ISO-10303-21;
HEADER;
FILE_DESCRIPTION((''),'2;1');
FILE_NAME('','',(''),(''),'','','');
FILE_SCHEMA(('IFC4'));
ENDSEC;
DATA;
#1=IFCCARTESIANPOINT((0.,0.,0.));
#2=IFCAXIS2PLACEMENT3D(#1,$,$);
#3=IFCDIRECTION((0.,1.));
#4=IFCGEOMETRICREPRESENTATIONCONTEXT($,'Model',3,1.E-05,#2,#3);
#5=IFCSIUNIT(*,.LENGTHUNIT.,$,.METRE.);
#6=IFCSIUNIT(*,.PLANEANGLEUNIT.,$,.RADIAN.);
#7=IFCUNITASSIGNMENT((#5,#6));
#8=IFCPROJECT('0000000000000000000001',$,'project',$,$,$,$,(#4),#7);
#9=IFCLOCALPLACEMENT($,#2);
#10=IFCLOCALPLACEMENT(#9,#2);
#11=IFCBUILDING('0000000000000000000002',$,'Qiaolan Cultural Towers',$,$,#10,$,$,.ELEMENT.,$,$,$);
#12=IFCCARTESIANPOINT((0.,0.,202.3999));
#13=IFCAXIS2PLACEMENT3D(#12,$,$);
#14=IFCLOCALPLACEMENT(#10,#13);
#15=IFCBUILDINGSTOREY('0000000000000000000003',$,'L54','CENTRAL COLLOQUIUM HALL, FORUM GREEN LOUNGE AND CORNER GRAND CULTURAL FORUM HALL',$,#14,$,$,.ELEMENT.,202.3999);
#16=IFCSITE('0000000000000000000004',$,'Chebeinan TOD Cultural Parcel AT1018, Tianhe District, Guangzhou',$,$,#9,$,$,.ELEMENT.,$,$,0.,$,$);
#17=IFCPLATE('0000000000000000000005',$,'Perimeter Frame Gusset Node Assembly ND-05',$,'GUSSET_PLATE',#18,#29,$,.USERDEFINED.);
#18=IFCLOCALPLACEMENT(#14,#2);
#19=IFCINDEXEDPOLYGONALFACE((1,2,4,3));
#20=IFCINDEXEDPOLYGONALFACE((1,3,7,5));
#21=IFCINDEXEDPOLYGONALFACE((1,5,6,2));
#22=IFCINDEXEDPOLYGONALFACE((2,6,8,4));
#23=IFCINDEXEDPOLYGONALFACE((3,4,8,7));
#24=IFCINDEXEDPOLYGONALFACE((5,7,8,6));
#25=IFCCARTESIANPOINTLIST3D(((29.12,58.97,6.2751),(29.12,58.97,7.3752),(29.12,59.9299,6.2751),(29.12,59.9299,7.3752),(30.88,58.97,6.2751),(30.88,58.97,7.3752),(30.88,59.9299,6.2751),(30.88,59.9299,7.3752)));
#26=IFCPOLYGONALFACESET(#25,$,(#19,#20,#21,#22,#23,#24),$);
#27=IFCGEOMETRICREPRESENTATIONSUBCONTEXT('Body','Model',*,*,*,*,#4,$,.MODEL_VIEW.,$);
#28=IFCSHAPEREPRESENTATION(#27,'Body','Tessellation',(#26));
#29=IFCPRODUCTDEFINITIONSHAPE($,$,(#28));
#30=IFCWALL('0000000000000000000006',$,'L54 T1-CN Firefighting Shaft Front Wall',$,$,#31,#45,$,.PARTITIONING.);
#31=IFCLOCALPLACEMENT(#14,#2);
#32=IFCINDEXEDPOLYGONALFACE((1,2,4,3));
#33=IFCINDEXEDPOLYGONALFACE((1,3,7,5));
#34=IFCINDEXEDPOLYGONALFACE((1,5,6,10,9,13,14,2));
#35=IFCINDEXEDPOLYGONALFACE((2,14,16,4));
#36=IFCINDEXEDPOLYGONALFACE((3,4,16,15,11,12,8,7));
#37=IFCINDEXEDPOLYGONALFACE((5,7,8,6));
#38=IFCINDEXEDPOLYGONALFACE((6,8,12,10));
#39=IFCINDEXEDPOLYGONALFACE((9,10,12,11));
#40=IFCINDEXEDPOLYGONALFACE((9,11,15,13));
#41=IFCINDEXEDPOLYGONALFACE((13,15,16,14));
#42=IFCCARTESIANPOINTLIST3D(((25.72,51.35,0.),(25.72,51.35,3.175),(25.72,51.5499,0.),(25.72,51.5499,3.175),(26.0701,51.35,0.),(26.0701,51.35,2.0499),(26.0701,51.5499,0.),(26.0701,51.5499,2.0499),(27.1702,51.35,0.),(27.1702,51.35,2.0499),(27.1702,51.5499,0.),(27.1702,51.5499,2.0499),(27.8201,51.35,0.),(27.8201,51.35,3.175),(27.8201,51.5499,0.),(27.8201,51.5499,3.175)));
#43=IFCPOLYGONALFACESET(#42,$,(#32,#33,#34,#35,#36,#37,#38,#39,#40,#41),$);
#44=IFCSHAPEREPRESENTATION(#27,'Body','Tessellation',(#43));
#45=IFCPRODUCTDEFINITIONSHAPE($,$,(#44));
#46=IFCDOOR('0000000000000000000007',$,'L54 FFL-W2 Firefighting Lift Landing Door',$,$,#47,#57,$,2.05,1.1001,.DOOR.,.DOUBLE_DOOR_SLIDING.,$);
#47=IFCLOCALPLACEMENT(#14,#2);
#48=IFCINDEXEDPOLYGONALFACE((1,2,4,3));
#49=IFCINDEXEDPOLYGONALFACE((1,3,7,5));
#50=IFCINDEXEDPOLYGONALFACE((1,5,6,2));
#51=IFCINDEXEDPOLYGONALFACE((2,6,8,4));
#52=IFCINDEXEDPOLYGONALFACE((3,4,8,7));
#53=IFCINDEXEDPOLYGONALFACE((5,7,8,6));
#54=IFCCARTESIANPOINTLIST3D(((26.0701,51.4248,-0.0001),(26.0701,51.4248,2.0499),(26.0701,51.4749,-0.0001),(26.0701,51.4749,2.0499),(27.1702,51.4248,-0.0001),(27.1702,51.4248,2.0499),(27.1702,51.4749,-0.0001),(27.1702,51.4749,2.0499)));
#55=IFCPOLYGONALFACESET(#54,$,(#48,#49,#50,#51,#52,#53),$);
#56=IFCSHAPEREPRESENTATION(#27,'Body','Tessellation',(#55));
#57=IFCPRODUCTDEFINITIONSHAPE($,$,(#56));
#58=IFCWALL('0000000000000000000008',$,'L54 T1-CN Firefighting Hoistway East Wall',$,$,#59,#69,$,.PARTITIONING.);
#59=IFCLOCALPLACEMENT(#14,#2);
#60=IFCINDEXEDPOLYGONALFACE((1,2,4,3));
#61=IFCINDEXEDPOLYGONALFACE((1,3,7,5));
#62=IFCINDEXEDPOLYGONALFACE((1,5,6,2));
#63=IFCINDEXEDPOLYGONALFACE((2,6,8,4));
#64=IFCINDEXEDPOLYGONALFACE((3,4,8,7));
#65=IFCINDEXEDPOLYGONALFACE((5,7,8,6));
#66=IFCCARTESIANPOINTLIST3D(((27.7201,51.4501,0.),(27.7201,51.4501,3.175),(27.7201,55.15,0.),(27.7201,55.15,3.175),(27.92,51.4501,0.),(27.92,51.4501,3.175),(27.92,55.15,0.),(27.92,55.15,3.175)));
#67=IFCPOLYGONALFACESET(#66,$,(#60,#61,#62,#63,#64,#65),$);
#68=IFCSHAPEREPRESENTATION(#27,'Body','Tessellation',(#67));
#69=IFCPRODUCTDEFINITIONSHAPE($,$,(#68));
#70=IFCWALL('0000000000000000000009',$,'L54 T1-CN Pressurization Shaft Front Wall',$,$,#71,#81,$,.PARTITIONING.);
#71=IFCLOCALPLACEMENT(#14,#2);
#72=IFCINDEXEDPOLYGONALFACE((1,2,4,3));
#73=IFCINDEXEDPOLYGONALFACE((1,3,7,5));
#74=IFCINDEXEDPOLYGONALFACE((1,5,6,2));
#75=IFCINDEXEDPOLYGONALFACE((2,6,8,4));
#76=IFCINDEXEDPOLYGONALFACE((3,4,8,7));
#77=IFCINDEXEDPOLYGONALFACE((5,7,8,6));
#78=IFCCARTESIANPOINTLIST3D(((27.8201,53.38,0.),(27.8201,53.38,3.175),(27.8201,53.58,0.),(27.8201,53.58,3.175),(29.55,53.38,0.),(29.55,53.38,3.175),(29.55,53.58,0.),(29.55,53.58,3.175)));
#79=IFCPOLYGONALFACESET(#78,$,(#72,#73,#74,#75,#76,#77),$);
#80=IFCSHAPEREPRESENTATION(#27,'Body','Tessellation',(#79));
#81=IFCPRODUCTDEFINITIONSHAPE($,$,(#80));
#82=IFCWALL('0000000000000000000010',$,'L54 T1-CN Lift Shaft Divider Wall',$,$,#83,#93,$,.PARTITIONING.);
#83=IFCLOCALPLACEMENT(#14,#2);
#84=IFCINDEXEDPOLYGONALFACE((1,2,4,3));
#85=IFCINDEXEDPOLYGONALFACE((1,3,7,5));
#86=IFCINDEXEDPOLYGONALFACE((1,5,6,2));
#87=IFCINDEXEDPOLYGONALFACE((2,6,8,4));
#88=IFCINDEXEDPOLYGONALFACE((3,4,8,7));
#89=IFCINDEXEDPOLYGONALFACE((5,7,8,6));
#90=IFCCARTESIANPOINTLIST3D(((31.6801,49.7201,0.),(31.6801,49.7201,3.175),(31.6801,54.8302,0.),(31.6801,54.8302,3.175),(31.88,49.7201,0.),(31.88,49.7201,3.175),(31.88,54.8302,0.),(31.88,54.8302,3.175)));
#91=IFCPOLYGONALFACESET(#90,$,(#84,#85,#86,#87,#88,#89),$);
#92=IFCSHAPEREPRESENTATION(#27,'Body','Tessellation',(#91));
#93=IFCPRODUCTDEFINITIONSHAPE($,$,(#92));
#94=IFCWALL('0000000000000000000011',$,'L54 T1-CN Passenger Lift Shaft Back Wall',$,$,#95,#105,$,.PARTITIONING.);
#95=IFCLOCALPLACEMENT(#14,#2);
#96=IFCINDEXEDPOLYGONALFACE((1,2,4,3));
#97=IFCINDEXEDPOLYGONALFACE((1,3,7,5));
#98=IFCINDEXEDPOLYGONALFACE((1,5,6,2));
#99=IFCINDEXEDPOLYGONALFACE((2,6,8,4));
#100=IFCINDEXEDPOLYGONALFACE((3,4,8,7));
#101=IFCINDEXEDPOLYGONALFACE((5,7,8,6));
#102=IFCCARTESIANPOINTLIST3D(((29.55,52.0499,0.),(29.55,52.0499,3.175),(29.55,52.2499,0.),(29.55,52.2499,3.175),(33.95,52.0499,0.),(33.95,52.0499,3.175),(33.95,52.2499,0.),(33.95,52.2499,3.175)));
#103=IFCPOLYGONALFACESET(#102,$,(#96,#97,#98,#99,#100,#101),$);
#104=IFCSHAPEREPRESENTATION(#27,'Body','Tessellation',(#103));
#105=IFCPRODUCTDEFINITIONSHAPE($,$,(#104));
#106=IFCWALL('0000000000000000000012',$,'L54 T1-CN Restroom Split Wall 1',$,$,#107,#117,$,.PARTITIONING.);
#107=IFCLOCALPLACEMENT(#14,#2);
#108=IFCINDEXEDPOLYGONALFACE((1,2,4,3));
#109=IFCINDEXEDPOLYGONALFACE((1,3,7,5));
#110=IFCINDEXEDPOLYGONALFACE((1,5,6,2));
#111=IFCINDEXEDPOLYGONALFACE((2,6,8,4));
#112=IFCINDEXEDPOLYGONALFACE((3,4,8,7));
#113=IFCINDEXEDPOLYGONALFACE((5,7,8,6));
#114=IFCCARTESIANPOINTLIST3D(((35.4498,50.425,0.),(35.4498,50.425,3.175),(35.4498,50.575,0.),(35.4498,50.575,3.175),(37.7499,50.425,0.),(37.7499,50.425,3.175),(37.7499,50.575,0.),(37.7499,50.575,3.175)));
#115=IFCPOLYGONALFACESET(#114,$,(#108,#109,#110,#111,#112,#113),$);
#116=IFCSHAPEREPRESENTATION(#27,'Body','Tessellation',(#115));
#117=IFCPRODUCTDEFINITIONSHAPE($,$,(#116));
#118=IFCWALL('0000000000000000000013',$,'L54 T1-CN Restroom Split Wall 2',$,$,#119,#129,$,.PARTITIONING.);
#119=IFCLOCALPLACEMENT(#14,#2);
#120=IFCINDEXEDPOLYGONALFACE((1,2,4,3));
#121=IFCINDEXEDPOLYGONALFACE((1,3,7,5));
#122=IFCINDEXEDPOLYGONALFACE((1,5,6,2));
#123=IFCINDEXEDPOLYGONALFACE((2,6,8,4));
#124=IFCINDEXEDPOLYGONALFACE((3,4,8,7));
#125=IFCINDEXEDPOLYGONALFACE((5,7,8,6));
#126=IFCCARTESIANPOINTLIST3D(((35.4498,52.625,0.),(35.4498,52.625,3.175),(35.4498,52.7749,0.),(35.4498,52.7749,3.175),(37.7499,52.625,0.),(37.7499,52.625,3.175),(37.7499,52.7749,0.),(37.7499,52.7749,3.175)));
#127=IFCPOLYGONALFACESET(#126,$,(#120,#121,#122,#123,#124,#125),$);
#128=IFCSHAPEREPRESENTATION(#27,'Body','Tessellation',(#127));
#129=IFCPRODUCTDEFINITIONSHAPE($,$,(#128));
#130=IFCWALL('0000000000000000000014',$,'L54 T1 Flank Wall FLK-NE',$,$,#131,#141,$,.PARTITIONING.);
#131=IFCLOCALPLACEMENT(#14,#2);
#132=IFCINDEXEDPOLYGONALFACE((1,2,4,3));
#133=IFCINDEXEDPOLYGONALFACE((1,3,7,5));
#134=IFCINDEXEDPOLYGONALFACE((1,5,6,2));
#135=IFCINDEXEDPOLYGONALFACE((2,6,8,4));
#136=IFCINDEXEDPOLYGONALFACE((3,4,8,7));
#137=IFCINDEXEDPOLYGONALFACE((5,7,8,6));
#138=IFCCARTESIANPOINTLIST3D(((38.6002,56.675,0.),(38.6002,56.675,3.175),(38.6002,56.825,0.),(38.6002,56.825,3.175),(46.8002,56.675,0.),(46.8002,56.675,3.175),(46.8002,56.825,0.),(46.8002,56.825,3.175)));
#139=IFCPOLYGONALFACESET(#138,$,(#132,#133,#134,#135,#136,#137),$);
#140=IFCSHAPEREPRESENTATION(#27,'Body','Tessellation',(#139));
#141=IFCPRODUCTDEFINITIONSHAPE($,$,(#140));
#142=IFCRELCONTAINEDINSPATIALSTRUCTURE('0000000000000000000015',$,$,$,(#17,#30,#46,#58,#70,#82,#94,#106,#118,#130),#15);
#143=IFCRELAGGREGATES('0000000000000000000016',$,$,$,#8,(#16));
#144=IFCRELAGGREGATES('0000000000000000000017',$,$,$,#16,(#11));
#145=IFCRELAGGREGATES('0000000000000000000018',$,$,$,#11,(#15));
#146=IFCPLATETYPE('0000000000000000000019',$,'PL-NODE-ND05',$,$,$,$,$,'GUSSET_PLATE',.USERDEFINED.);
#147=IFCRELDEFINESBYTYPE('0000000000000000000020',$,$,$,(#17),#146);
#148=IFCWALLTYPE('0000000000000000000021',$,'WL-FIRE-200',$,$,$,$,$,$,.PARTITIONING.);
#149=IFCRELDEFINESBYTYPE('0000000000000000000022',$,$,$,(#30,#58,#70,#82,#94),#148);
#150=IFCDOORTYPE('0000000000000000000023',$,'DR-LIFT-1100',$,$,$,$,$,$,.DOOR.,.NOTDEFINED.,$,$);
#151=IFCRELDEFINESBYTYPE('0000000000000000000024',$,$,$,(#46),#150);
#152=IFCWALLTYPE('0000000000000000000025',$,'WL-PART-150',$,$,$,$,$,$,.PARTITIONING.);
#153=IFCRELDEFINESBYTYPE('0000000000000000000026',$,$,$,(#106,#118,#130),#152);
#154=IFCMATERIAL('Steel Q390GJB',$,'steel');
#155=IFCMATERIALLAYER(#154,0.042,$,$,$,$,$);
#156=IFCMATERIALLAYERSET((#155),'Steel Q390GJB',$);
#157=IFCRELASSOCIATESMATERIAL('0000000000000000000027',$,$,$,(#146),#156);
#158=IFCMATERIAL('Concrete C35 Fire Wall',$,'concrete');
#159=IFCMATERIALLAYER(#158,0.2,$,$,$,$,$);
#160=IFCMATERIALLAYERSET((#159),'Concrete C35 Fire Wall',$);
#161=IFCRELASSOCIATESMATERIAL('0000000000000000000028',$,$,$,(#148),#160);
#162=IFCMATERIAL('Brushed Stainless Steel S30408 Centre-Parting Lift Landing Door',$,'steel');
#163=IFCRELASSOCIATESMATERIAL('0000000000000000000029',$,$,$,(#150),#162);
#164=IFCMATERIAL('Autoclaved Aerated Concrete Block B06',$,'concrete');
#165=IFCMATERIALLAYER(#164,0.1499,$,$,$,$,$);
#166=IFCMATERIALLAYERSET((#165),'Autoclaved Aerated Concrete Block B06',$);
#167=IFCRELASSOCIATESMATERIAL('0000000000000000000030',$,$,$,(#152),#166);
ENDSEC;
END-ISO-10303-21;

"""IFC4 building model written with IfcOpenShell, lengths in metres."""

from ifc_helpers import new_model, si_unit, direction, frame, frame_2d, origin, origin_2d, place, context, subcontext, project, spatial, rectangle, extrude, material, layer, layer_set, type_object, element, fill, save


model = new_model("IFC4")

# Units and contexts
model_context = context("Model", 3, precision=1e-05, world=origin(), true_north=direction((0.0, 1.0)))
body_context = subcontext(model_context, "Body", "Model", "MODEL_VIEW")
ifc_project = project(units=[si_unit("LENGTHUNIT", "METRE"), si_unit("PLANEANGLEUNIT", "RADIAN")], contexts=[model_context])

# Site, building, storey
site_placement = place(None, origin())
site = spatial("IfcSite", under=ifc_project, at=site_placement, Name="Chebeinan TOD Cultural Parcel AT1018, Tianhe District, Guangzhou", CompositionType="ELEMENT", RefElevation=0.0)
building_placement = place(site_placement, origin())
building = spatial("IfcBuilding", under=site, at=building_placement, Name="Qiaolan Cultural Towers", CompositionType="ELEMENT")
storey_placement = place(building_placement, frame((0.0, 0.0, 202.3999)))
storey = spatial("IfcBuildingStorey", under=building, at=storey_placement, Name="L54", Description="CENTRAL COLLOQUIUM HALL, FORUM GREEN LOUNGE AND CORNER GRAND CULTURAL FORUM HALL", CompositionType="ELEMENT", Elevation=202.3999)

# Plate
ifc_material_1 = material(Name="Steel Q390GJB", Category="steel")
ifc_layer_1 = layer(ifc_material_1, 0.042)
ifc_layer_set_1 = layer_set([ifc_layer_1], Name="Steel Q390GJB")
plate_type_1 = type_object("IfcPlateType", Name="PL-NODE-ND05", ElementType="GUSSET_PLATE", PredefinedType="USERDEFINED", material=ifc_layer_set_1)
plate_placement = place(storey_placement, frame((30.0, 59.45, 6.2751), z_axis=(0.0, 0.0, 1.0), x_axis=(1.0, 0.0, 0.0)))
element("IfcPlate", 1, at=plate_placement, inside=storey, type_object=plate_type_1, Name="Perimeter Frame Gusset Node Assembly ND-05", ObjectType="GUSSET_PLATE", PredefinedType="USERDEFINED", context=body_context, shape_type="SweptSolid", body=[
    extrude(rectangle(XDim=1.76, YDim=0.96, at=origin_2d()), origin(), (0.0, 0.0, 1.0), 1.1001),
])

# Wall, opening, door
ifc_material_2 = material(Name="Concrete C35 Fire Wall", Category="concrete")
ifc_layer_2 = layer(ifc_material_2, 0.2)
ifc_layer_set_2 = layer_set([ifc_layer_2], Name="Concrete C35 Fire Wall")
wall_type_1 = type_object("IfcWallType", Name="WL-FIRE-200", PredefinedType="PARTITIONING", material=ifc_layer_set_2)
wall_1_placement = place(storey_placement, frame((25.72, 51.45, 0.0), z_axis=(0.0, 0.0, 1.0), x_axis=(1.0, 0.0, 0.0)))
wall_1 = element("IfcWall", 2, at=wall_1_placement, inside=storey, type_object=wall_type_1, Name="L54 T1-CN Firefighting Shaft Front Wall", PredefinedType="PARTITIONING", context=body_context, shape_type="SweptSolid", body=[
    extrude(rectangle(XDim=2.1001, YDim=0.2, at=frame_2d((1.05, 0.0))), origin(), (0.0, 0.0, 1.0), 3.175),
])
opening_placement = place(wall_1_placement, frame((0.3501, 0.0, 0.0)))
opening = element("IfcOpeningElement", 3, at=opening_placement, cuts=wall_1, PredefinedType="OPENING", context=body_context, shape_type="SweptSolid", body=[
    extrude(rectangle(XDim=1.1001, YDim=2.05, at=frame_2d((0.55, 1.0249))), frame((0.0, 0.1099, 0.0), z_axis=(0.0, -1.0, 0.0), x_axis=(1.0, 0.0, 0.0)), (0.0, 0.0, 1.0), 0.22),
])
ifc_material_3 = material(Name="Brushed Stainless Steel S30408 Centre-Parting Lift Landing Door", Category="steel")
door_type = type_object("IfcDoorType", Name="DR-LIFT-1100", OperationType="NOTDEFINED", PredefinedType="DOOR", material=ifc_material_3)
door_placement = place(opening_placement, origin())
door = element("IfcDoor", 4, at=door_placement, inside=storey, type_object=door_type, Name="L54 FFL-W2 Firefighting Lift Landing Door", OperationType="DOUBLE_DOOR_SLIDING", OverallHeight=2.05, OverallWidth=1.1001, PredefinedType="DOOR", context=body_context, shape_type="SweptSolid", body=[
    extrude(rectangle(XDim=1.1001, YDim=2.05, at=frame_2d((0.55, 1.0249))), frame((0.0, 0.0249, 0.0), z_axis=(0.0, -1.0, 0.0), x_axis=(1.0, 0.0, 0.0)), (0.0, 0.0, 1.0), 0.05),
])
fill(opening, door)

# Walls
wall_2_placement = place(storey_placement, frame((27.8201, 51.45, 0.0), z_axis=(0.0, 0.0, 1.0), x_axis=(0.0, 1.0, 0.0)))
element("IfcWall", 5, at=wall_2_placement, inside=storey, type_object=wall_type_1, Name="L54 T1-CN Firefighting Hoistway East Wall", PredefinedType="PARTITIONING", context=body_context, shape_type="SweptSolid", body=[
    extrude(rectangle(XDim=3.7, YDim=0.2, at=frame_2d((1.8501, 0.0))), origin(), (0.0, 0.0, 1.0), 3.175),
])
wall_3_placement = place(storey_placement, frame((27.8201, 53.48, 0.0), z_axis=(0.0, 0.0, 1.0), x_axis=(1.0, 0.0, 0.0)))
element("IfcWall", 6, at=wall_3_placement, inside=storey, type_object=wall_type_1, Name="L54 T1-CN Pressurization Shaft Front Wall", PredefinedType="PARTITIONING", context=body_context, shape_type="SweptSolid", body=[
    extrude(rectangle(XDim=1.73, YDim=0.2, at=frame_2d((0.865, 0.0))), origin(), (0.0, 0.0, 1.0), 3.175),
])
wall_4_placement = place(storey_placement, frame((31.78, 49.72, 0.0), z_axis=(0.0, 0.0, 1.0), x_axis=(0.0, 1.0, 0.0)))
element("IfcWall", 7, at=wall_4_placement, inside=storey, type_object=wall_type_1, Name="L54 T1-CN Lift Shaft Divider Wall", PredefinedType="PARTITIONING", context=body_context, shape_type="SweptSolid", body=[
    extrude(rectangle(XDim=5.1101, YDim=0.2, at=frame_2d((2.5552, 0.0))), origin(), (0.0, 0.0, 1.0), 3.175),
])
wall_5_placement = place(storey_placement, frame((29.55, 52.1499, 0.0), z_axis=(0.0, 0.0, 1.0), x_axis=(1.0, 0.0, 0.0)))
element("IfcWall", 8, at=wall_5_placement, inside=storey, type_object=wall_type_1, Name="L54 T1-CN Passenger Lift Shaft Back Wall", PredefinedType="PARTITIONING", context=body_context, shape_type="SweptSolid", body=[
    extrude(rectangle(XDim=4.3999, YDim=0.2, at=frame_2d((2.2, 0.0))), origin(), (0.0, 0.0, 1.0), 3.175),
])
ifc_material_4 = material(Name="Autoclaved Aerated Concrete Block B06", Category="concrete")
ifc_layer_3 = layer(ifc_material_4, 0.1499)
ifc_layer_set_3 = layer_set([ifc_layer_3], Name="Autoclaved Aerated Concrete Block B06")
wall_type_2 = type_object("IfcWallType", Name="WL-PART-150", PredefinedType="PARTITIONING", material=ifc_layer_set_3)
for number, where, z_axis, x_axis, name in (
    (9, (35.45, 50.5, 0.0), (0.0, 0.0, 1.0), (1.0, 0.0, 0.0), "L54 T1-CN Restroom Split Wall 1"),
    (10, (35.45, 52.7, 0.0), (0.0, 0.0, 1.0), (1.0, 0.0, 0.0), "L54 T1-CN Restroom Split Wall 2"),
):
    element("IfcWall", number, at=place(storey_placement, frame(where, z_axis=z_axis, x_axis=x_axis)), inside=storey, type_object=wall_type_2, Name=name, PredefinedType="PARTITIONING", context=body_context, shape_type="SweptSolid", body=[
        extrude(rectangle(XDim=2.3, YDim=0.1499, at=frame_2d((1.1499, 0.0))), origin(), (0.0, 0.0, 1.0), 3.175),
    ])
wall_6_placement = place(storey_placement, frame((38.6001, 56.75, 0.0), z_axis=(0.0, 0.0, 1.0), x_axis=(1.0, 0.0, 0.0)))
element("IfcWall", 11, at=wall_6_placement, inside=storey, type_object=wall_type_2, Name="L54 T1 Flank Wall FLK-NE", PredefinedType="PARTITIONING", context=body_context, shape_type="SweptSolid", body=[
    extrude(rectangle(XDim=8.2, YDim=0.1499, at=frame_2d((4.1001, 0.0))), origin(), (0.0, 0.0, 1.0), 3.175),
])

save(model, "model.ifc")
